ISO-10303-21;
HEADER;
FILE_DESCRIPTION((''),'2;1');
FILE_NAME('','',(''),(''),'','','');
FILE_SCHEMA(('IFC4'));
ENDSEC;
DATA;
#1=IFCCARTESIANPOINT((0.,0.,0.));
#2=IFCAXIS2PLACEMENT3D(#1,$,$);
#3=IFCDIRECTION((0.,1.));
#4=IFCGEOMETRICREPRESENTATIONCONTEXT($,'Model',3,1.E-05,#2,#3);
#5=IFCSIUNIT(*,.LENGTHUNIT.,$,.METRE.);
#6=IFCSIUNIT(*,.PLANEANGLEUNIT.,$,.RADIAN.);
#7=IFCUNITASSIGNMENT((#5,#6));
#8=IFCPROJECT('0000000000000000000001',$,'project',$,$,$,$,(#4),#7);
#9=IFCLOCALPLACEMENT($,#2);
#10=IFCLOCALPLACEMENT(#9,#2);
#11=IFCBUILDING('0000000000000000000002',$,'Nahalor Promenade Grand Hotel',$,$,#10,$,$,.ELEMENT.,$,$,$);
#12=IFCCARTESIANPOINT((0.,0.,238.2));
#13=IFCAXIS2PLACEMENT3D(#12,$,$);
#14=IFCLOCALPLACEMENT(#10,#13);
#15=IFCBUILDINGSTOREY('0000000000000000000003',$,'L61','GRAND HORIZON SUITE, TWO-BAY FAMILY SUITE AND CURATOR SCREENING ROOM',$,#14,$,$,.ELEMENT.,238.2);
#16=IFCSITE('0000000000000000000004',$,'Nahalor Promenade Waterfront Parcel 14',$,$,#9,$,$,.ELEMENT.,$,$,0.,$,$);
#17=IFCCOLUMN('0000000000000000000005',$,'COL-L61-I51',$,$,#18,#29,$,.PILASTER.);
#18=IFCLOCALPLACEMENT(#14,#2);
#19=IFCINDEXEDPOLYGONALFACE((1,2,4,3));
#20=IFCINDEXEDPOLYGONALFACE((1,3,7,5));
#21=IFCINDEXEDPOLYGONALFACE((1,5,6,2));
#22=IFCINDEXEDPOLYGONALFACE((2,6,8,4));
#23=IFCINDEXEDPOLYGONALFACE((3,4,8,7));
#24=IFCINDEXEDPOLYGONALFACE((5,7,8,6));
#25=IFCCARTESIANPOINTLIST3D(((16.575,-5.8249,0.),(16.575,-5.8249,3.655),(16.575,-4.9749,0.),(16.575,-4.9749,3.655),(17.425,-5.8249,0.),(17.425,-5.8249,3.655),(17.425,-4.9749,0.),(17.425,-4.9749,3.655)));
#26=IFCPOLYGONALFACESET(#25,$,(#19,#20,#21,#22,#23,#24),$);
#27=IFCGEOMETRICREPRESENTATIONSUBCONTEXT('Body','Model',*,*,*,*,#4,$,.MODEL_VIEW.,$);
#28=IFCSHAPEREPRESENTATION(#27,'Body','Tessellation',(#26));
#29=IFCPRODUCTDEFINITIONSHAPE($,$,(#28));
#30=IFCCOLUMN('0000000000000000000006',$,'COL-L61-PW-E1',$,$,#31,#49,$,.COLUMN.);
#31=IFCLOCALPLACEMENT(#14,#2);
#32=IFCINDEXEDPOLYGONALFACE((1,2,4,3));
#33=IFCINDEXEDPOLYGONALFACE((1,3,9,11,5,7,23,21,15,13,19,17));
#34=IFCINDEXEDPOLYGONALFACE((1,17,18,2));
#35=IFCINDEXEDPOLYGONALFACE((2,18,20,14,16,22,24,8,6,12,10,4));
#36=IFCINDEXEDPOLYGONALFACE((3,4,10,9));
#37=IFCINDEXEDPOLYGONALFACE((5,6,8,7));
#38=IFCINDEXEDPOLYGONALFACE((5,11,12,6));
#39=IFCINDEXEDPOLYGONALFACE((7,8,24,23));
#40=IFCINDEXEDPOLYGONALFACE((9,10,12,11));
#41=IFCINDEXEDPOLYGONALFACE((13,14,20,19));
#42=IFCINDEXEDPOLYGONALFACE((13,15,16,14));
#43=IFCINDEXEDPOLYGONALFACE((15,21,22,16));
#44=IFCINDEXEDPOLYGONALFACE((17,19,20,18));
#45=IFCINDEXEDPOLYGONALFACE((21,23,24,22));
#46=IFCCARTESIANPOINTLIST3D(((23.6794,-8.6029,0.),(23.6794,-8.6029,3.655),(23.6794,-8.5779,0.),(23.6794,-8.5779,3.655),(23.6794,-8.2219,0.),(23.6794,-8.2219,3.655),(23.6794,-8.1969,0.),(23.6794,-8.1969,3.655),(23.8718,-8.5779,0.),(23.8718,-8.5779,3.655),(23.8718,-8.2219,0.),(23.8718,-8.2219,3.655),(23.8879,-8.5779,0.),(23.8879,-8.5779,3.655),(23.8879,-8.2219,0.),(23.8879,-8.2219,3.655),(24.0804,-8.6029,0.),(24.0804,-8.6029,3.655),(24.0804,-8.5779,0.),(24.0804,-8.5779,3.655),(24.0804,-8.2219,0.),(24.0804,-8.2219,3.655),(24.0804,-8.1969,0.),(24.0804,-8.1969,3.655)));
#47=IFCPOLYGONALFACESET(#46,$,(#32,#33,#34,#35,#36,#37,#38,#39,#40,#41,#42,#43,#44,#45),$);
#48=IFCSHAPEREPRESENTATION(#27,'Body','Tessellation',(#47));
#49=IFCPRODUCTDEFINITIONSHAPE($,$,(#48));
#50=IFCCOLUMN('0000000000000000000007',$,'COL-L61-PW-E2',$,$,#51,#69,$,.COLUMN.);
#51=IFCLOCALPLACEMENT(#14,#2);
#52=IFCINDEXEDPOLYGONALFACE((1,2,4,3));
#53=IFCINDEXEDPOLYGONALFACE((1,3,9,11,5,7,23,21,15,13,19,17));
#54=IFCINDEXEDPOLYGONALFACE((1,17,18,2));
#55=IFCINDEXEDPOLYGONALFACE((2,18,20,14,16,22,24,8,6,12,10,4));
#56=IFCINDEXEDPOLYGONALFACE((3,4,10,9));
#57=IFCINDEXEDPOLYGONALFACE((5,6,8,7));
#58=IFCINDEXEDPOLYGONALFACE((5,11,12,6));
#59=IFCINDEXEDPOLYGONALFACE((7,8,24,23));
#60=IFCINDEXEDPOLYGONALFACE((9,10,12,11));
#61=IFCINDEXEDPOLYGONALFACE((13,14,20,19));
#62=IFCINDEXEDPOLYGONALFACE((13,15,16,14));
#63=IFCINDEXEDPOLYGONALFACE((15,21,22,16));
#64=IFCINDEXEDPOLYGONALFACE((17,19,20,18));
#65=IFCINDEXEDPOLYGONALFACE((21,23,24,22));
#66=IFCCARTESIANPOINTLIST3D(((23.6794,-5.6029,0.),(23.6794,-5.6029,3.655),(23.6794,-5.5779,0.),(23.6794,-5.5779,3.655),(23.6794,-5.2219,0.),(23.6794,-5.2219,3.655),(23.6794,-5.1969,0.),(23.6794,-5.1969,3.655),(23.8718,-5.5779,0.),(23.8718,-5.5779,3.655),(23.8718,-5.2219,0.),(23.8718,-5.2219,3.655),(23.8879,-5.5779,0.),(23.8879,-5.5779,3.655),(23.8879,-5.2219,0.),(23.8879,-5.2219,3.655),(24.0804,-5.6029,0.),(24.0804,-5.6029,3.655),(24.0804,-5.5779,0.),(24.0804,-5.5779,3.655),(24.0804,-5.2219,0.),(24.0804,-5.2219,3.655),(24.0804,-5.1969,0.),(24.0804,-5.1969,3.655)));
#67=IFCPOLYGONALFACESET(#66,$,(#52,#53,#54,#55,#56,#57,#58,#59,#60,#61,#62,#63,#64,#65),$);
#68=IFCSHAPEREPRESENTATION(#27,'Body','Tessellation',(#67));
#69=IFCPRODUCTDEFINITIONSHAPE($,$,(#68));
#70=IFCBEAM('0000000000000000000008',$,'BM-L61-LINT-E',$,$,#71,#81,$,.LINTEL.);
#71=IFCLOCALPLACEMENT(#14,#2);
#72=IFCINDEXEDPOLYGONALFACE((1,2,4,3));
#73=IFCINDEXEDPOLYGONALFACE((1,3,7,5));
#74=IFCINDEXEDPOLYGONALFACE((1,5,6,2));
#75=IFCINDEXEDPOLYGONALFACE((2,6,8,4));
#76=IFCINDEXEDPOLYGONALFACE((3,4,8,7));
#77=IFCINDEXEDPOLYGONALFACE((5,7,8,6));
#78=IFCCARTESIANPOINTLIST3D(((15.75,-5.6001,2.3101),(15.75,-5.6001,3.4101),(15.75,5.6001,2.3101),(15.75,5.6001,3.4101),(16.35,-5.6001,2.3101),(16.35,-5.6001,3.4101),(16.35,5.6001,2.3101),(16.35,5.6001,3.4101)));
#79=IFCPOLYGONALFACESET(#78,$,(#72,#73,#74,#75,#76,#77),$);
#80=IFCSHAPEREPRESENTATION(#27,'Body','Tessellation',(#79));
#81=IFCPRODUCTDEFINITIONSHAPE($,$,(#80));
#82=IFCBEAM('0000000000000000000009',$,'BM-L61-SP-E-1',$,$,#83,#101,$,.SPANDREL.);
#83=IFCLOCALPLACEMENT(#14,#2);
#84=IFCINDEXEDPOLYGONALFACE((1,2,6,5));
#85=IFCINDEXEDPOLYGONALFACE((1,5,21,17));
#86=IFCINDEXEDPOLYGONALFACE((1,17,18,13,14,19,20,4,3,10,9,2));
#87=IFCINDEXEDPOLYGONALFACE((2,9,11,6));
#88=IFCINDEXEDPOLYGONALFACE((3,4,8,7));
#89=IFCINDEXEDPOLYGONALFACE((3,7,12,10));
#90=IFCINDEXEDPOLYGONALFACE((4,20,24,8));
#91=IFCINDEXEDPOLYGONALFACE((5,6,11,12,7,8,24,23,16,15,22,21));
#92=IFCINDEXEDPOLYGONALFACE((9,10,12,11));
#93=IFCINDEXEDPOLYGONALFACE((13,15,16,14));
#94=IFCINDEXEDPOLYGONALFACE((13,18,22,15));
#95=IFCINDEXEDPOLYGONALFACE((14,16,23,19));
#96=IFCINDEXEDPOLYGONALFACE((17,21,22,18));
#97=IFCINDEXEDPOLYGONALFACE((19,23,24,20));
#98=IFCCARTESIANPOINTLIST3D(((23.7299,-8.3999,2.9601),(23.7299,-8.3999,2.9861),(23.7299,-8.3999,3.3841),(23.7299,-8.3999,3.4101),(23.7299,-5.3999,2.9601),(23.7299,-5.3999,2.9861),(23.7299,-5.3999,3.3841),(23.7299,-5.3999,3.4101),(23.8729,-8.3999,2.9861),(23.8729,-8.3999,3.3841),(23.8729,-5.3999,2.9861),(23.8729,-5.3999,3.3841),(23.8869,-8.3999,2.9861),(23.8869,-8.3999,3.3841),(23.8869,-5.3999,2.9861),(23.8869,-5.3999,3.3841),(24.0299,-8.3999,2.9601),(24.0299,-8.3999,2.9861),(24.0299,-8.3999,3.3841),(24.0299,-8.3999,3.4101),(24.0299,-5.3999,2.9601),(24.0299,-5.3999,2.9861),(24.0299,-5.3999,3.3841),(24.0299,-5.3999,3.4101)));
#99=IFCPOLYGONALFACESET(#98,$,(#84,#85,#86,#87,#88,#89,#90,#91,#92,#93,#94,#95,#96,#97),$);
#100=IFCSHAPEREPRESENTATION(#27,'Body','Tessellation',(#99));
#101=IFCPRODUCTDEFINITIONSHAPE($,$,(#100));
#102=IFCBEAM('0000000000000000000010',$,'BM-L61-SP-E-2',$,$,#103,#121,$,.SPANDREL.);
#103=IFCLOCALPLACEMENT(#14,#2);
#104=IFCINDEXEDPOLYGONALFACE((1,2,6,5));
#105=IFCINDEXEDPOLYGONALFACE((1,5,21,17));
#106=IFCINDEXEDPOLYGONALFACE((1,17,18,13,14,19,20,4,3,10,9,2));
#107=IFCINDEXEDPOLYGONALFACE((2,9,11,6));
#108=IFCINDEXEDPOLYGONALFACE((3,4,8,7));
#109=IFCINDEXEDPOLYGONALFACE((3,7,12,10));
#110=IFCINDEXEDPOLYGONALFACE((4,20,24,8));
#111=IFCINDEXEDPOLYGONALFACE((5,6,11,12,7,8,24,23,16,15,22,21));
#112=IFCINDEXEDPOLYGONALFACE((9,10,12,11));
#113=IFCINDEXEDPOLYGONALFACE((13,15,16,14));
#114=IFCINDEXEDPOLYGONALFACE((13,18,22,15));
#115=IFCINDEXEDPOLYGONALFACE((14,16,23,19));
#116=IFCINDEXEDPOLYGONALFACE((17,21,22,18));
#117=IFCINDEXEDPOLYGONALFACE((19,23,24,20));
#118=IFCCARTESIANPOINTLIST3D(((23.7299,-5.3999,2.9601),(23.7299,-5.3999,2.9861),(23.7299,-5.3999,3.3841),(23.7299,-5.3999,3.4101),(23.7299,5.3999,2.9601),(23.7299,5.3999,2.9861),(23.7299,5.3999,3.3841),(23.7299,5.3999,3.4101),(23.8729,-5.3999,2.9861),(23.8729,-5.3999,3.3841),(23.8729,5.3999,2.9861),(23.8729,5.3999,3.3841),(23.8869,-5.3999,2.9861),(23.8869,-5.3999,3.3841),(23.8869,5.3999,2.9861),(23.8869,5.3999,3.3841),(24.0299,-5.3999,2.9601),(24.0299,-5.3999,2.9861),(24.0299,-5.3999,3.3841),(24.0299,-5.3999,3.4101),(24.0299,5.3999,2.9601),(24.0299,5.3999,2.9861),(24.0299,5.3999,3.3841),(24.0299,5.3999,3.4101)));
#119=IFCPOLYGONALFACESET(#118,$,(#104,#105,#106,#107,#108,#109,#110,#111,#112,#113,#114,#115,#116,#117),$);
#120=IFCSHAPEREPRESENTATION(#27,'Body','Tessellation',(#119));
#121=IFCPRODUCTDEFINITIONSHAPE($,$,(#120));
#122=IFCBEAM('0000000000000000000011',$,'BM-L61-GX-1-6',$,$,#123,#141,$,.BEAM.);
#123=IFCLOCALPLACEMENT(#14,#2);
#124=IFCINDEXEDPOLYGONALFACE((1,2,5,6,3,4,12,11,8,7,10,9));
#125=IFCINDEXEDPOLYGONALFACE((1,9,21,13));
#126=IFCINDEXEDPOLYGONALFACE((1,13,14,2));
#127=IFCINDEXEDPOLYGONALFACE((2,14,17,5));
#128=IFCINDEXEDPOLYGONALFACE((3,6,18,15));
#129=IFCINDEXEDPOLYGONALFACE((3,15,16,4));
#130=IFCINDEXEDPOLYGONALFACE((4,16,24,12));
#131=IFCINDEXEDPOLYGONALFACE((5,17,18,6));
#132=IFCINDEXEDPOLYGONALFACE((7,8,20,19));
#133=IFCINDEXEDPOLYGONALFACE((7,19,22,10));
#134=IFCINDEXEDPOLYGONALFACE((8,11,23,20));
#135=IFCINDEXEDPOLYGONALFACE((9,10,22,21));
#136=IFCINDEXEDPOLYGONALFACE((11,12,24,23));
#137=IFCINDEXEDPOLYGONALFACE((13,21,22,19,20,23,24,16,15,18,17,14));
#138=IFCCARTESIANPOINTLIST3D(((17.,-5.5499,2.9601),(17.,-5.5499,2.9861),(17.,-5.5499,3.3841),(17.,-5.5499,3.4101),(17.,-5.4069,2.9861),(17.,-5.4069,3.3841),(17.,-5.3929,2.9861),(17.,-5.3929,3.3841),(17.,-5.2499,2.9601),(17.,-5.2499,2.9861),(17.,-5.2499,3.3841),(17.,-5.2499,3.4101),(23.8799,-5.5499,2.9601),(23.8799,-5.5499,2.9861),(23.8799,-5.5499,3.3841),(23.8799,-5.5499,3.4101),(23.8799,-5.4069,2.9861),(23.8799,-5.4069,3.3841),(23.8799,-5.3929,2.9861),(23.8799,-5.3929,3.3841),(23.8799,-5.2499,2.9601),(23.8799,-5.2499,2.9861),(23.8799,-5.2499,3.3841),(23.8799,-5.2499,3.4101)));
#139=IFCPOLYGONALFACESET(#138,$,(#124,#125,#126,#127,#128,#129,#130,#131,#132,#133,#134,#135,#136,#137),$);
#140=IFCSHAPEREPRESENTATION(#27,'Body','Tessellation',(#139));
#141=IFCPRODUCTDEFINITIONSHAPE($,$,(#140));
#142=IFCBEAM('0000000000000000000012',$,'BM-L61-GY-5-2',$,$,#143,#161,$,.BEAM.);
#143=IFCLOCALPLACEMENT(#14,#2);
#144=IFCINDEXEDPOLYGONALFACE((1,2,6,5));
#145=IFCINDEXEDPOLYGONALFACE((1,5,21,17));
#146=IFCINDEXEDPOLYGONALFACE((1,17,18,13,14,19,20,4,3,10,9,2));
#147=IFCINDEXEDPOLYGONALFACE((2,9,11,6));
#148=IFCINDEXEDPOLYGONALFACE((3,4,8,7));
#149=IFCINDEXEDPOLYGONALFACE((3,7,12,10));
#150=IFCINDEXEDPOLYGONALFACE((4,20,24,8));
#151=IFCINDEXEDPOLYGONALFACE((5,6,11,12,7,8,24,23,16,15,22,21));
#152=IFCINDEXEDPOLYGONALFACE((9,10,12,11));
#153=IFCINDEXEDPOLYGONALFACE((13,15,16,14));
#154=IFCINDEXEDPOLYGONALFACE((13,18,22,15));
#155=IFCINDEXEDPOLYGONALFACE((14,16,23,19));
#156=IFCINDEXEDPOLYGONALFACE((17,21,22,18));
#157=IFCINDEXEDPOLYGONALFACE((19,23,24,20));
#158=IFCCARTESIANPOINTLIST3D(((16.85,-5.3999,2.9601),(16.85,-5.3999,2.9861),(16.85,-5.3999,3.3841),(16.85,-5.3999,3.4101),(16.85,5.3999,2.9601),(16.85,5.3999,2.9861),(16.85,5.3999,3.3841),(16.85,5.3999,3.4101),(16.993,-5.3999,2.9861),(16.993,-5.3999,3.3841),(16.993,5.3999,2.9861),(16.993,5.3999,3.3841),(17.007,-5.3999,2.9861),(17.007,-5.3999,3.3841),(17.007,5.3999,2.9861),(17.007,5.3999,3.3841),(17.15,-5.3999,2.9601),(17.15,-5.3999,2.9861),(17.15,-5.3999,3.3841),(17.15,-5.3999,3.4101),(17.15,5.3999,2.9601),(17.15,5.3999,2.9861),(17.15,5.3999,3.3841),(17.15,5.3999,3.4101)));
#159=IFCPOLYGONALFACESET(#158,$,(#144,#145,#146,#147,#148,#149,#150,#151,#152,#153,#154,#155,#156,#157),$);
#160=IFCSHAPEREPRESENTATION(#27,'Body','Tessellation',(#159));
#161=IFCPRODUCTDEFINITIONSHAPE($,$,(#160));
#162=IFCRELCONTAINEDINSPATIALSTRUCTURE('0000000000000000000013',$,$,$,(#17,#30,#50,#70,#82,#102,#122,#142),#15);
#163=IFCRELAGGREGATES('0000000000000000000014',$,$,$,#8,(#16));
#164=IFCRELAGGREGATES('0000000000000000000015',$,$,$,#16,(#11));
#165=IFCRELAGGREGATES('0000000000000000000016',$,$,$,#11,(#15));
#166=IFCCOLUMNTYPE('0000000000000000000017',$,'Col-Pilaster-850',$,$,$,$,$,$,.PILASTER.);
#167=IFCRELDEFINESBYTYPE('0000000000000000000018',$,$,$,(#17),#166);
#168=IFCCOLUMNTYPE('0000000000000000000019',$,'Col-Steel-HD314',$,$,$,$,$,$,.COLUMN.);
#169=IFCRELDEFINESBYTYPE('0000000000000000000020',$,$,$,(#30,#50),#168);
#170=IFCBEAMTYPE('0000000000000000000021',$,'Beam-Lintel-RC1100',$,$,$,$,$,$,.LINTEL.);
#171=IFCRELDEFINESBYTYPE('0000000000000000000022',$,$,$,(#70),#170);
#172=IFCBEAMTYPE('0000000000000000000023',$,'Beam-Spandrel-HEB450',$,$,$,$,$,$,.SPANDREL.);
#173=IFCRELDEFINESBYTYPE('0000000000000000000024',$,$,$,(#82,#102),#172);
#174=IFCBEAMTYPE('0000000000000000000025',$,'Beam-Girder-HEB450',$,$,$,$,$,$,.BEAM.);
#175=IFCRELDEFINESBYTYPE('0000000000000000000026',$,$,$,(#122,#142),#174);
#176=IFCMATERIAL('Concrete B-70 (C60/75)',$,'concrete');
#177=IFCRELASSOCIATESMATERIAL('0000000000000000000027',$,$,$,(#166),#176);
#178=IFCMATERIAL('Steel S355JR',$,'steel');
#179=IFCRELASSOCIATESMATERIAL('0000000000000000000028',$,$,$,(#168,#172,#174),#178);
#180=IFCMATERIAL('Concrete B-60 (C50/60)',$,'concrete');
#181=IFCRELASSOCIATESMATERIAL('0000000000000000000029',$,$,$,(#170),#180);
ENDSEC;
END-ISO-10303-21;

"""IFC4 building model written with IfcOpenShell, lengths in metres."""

from ifc_helpers import new_model, si_unit, direction, frame, origin, origin_2d, place, context, subcontext, project, spatial, rectangle, i_section, extrude, source, transform, mapped, material, material_profile, profile_set, type_object, element, save


model = new_model("IFC4")

# Units and contexts
model_context = context("Model", 3, precision=1e-05, world=origin(), true_north=direction((0.0, 1.0)))
body_context = subcontext(model_context, "Body", "Model", "MODEL_VIEW")
ifc_project = project(units=[si_unit("LENGTHUNIT", "METRE"), si_unit("PLANEANGLEUNIT", "RADIAN")], contexts=[model_context])

# Site, building, storey
site_placement = place(None, origin())
site = spatial("IfcSite", under=ifc_project, at=site_placement, Name="Nahalor Promenade Waterfront Parcel 14", CompositionType="ELEMENT", RefElevation=0.0)
building_placement = place(site_placement, origin())
building = spatial("IfcBuilding", under=site, at=building_placement, Name="Nahalor Promenade Grand Hotel", CompositionType="ELEMENT")
storey_placement = place(building_placement, frame((0.0, 0.0, 238.2)))
storey = spatial("IfcBuildingStorey", under=building, at=storey_placement, Name="L61", Description="GRAND HORIZON SUITE, TWO-BAY FAMILY SUITE AND CURATOR SCREENING ROOM", CompositionType="ELEMENT", Elevation=238.2)

# Columns
ifc_material_1 = material(Name="Concrete B-70 (C60/75)", Category="concrete")
ifc_material_profile_1 = material_profile(ifc_material_1, rectangle(XDim=0.85, YDim=0.85, at=origin_2d()), Name="RC 850x850")
ifc_profile_set_1 = profile_set([ifc_material_profile_1], Name="Concrete B-70 (C60/75)")
column_type_1 = type_object("IfcColumnType", Name="Col-Pilaster-850", PredefinedType="PILASTER", material=ifc_profile_set_1)
shared_shape_1 = source(origin(), body_context, "Body", "SweptSolid", [
    extrude(rectangle(XDim=0.85, YDim=0.85, at=origin_2d()), origin(), (0.0, 0.0, 1.0), 3.655),
])
column_placement = place(storey_placement, frame((17.0, -5.3999, 0.0), z_axis=(0.0, 0.0, 1.0), x_axis=(1.0, 0.0, 0.0)))
element("IfcColumn", 1, at=column_placement, inside=storey, type_object=column_type_1, Name="COL-L61-I51", PredefinedType="PILASTER", context=body_context, shape_type="MappedRepresentation", body=[
    mapped(shared_shape_1, transform((0.0, 0.0, 0.0), scale=1.0)),
])
ifc_material_2 = material(Name="Steel S355JR", Category="steel")
ifc_material_profile_2 = material_profile(ifc_material_2, i_section(OverallWidth=0.401, OverallDepth=0.406, WebThickness=0.0161, FlangeThickness=0.025, at=origin_2d()), Name="HD 400x314")
ifc_profile_set_2 = profile_set([ifc_material_profile_2], Name="Steel S355JR")
column_type_2 = type_object("IfcColumnType", Name="Col-Steel-HD314", PredefinedType="COLUMN", material=ifc_profile_set_2)
shared_shape_2 = source(origin(), body_context, "Body", "SweptSolid", [
    extrude(i_section(OverallWidth=0.401, OverallDepth=0.406, WebThickness=0.0161, FlangeThickness=0.025, at=origin_2d()), origin(), (0.0, 0.0, 1.0), 3.655),
])
for number, where, z_axis, x_axis, name in (
    (2, (23.8799, -8.3999, 0.0), (0.0, 0.0, 1.0), (1.0, 0.0, 0.0), "COL-L61-PW-E1"),
    (3, (23.8799, -5.3999, 0.0), (0.0, 0.0, 1.0), (1.0, 0.0, 0.0), "COL-L61-PW-E2"),
):
    element("IfcColumn", number, at=place(storey_placement, frame(where, z_axis=z_axis, x_axis=x_axis)), inside=storey, type_object=column_type_2, Name=name, PredefinedType="COLUMN", context=body_context, shape_type="MappedRepresentation", body=[
        mapped(shared_shape_2, transform((0.0, 0.0, 0.0), scale=1.0)),
    ])

# Beams
ifc_material_3 = material(Name="Concrete B-60 (C50/60)", Category="concrete")
ifc_material_profile_3 = material_profile(ifc_material_3, rectangle(XDim=0.6, YDim=1.1, at=origin_2d()), Name="RC 600x1100")
ifc_profile_set_3 = profile_set([ifc_material_profile_3], Name="Concrete B-60 (C50/60)")
beam_type_1 = type_object("IfcBeamType", Name="Beam-Lintel-RC1100", PredefinedType="LINTEL", material=ifc_profile_set_3)
shared_shape_3 = source(origin(), body_context, "Body", "SweptSolid", [
    extrude(rectangle(XDim=0.6, YDim=1.1, at=origin_2d()), origin(), (0.0, 0.0, 1.0), 11.2002),
])
beam_1_placement = place(storey_placement, frame((16.05, -5.6001, 2.8601), z_axis=(0.0, 1.0, 0.0), x_axis=(-1.0, 0.0, 0.0)))
element("IfcBeam", 4, at=beam_1_placement, inside=storey, type_object=beam_type_1, Name="BM-L61-LINT-E", PredefinedType="LINTEL", context=body_context, shape_type="MappedRepresentation", body=[
    mapped(shared_shape_3, transform((0.0, 0.0, 0.0), scale=1.0)),
])
ifc_material_profile_4 = material_profile(ifc_material_2, i_section(OverallWidth=0.3, OverallDepth=0.45, WebThickness=0.014, FlangeThickness=0.026, at=origin_2d()), Name="HEB 450")
ifc_profile_set_4 = profile_set([ifc_material_profile_4], Name="Steel S355JR")
beam_type_2 = type_object("IfcBeamType", Name="Beam-Spandrel-HEB450", PredefinedType="SPANDREL", material=ifc_profile_set_4)
shared_shape_4 = source(origin(), body_context, "Body", "SweptSolid", [
    extrude(i_section(OverallWidth=0.3, OverallDepth=0.45, WebThickness=0.014, FlangeThickness=0.026, at=origin_2d()), origin(), (0.0, 0.0, 1.0), 3.0),
])
beam_2_placement = place(storey_placement, frame((23.8799, -8.3999, 3.1851), z_axis=(0.0, 1.0, 0.0), x_axis=(-1.0, 0.0, 0.0)))
element("IfcBeam", 5, at=beam_2_placement, inside=storey, type_object=beam_type_2, Name="BM-L61-SP-E-1", PredefinedType="SPANDREL", context=body_context, shape_type="MappedRepresentation", body=[
    mapped(shared_shape_4, transform((0.0, 0.0, 0.0), scale=1.0)),
])
shared_shape_5 = source(origin(), body_context, "Body", "SweptSolid", [
    extrude(i_section(OverallWidth=0.3, OverallDepth=0.45, WebThickness=0.014, FlangeThickness=0.026, at=origin_2d()), origin(), (0.0, 0.0, 1.0), 10.7998),
])
beam_3_placement = place(storey_placement, frame((23.8799, -5.3999, 3.1851), z_axis=(0.0, 1.0, 0.0), x_axis=(-1.0, 0.0, 0.0)))
element("IfcBeam", 6, at=beam_3_placement, inside=storey, type_object=beam_type_2, Name="BM-L61-SP-E-2", PredefinedType="SPANDREL", context=body_context, shape_type="MappedRepresentation", body=[
    mapped(shared_shape_5, transform((0.0, 0.0, 0.0), scale=1.0)),
])
ifc_material_profile_5 = material_profile(ifc_material_2, i_section(OverallWidth=0.3, OverallDepth=0.45, WebThickness=0.014, FlangeThickness=0.026, at=origin_2d()), Name="HEB 450")
ifc_profile_set_5 = profile_set([ifc_material_profile_5], Name="Steel S355JR")
beam_type_3 = type_object("IfcBeamType", Name="Beam-Girder-HEB450", PredefinedType="BEAM", material=ifc_profile_set_5)
shared_shape_6 = source(origin(), body_context, "Body", "SweptSolid", [
    extrude(i_section(OverallWidth=0.3, OverallDepth=0.45, WebThickness=0.014, FlangeThickness=0.026, at=origin_2d()), origin(), (0.0, 0.0, 1.0), 6.8799),
])
beam_4_placement = place(storey_placement, frame((17.0, -5.3999, 3.1851), z_axis=(1.0, 0.0, 0.0), x_axis=(0.0, 1.0, 0.0)))
element("IfcBeam", 7, at=beam_4_placement, inside=storey, type_object=beam_type_3, Name="BM-L61-GX-1-6", PredefinedType="BEAM", context=body_context, shape_type="MappedRepresentation", body=[
    mapped(shared_shape_6, transform((0.0, 0.0, 0.0), scale=1.0)),
])
shared_shape_7 = source(origin(), body_context, "Body", "SweptSolid", [
    extrude(i_section(OverallWidth=0.3, OverallDepth=0.45, WebThickness=0.014, FlangeThickness=0.026, at=origin_2d()), origin(), (0.0, 0.0, 1.0), 10.7998),
])
beam_5_placement = place(storey_placement, frame((17.0, -5.3999, 3.1851), z_axis=(0.0, 1.0, 0.0), x_axis=(-1.0, 0.0, 0.0)))
element("IfcBeam", 8, at=beam_5_placement, inside=storey, type_object=beam_type_3, Name="BM-L61-GY-5-2", PredefinedType="BEAM", context=body_context, shape_type="MappedRepresentation", body=[
    mapped(shared_shape_7, transform((0.0, 0.0, 0.0), scale=1.0)),
])

save(model, "model.ifc")
